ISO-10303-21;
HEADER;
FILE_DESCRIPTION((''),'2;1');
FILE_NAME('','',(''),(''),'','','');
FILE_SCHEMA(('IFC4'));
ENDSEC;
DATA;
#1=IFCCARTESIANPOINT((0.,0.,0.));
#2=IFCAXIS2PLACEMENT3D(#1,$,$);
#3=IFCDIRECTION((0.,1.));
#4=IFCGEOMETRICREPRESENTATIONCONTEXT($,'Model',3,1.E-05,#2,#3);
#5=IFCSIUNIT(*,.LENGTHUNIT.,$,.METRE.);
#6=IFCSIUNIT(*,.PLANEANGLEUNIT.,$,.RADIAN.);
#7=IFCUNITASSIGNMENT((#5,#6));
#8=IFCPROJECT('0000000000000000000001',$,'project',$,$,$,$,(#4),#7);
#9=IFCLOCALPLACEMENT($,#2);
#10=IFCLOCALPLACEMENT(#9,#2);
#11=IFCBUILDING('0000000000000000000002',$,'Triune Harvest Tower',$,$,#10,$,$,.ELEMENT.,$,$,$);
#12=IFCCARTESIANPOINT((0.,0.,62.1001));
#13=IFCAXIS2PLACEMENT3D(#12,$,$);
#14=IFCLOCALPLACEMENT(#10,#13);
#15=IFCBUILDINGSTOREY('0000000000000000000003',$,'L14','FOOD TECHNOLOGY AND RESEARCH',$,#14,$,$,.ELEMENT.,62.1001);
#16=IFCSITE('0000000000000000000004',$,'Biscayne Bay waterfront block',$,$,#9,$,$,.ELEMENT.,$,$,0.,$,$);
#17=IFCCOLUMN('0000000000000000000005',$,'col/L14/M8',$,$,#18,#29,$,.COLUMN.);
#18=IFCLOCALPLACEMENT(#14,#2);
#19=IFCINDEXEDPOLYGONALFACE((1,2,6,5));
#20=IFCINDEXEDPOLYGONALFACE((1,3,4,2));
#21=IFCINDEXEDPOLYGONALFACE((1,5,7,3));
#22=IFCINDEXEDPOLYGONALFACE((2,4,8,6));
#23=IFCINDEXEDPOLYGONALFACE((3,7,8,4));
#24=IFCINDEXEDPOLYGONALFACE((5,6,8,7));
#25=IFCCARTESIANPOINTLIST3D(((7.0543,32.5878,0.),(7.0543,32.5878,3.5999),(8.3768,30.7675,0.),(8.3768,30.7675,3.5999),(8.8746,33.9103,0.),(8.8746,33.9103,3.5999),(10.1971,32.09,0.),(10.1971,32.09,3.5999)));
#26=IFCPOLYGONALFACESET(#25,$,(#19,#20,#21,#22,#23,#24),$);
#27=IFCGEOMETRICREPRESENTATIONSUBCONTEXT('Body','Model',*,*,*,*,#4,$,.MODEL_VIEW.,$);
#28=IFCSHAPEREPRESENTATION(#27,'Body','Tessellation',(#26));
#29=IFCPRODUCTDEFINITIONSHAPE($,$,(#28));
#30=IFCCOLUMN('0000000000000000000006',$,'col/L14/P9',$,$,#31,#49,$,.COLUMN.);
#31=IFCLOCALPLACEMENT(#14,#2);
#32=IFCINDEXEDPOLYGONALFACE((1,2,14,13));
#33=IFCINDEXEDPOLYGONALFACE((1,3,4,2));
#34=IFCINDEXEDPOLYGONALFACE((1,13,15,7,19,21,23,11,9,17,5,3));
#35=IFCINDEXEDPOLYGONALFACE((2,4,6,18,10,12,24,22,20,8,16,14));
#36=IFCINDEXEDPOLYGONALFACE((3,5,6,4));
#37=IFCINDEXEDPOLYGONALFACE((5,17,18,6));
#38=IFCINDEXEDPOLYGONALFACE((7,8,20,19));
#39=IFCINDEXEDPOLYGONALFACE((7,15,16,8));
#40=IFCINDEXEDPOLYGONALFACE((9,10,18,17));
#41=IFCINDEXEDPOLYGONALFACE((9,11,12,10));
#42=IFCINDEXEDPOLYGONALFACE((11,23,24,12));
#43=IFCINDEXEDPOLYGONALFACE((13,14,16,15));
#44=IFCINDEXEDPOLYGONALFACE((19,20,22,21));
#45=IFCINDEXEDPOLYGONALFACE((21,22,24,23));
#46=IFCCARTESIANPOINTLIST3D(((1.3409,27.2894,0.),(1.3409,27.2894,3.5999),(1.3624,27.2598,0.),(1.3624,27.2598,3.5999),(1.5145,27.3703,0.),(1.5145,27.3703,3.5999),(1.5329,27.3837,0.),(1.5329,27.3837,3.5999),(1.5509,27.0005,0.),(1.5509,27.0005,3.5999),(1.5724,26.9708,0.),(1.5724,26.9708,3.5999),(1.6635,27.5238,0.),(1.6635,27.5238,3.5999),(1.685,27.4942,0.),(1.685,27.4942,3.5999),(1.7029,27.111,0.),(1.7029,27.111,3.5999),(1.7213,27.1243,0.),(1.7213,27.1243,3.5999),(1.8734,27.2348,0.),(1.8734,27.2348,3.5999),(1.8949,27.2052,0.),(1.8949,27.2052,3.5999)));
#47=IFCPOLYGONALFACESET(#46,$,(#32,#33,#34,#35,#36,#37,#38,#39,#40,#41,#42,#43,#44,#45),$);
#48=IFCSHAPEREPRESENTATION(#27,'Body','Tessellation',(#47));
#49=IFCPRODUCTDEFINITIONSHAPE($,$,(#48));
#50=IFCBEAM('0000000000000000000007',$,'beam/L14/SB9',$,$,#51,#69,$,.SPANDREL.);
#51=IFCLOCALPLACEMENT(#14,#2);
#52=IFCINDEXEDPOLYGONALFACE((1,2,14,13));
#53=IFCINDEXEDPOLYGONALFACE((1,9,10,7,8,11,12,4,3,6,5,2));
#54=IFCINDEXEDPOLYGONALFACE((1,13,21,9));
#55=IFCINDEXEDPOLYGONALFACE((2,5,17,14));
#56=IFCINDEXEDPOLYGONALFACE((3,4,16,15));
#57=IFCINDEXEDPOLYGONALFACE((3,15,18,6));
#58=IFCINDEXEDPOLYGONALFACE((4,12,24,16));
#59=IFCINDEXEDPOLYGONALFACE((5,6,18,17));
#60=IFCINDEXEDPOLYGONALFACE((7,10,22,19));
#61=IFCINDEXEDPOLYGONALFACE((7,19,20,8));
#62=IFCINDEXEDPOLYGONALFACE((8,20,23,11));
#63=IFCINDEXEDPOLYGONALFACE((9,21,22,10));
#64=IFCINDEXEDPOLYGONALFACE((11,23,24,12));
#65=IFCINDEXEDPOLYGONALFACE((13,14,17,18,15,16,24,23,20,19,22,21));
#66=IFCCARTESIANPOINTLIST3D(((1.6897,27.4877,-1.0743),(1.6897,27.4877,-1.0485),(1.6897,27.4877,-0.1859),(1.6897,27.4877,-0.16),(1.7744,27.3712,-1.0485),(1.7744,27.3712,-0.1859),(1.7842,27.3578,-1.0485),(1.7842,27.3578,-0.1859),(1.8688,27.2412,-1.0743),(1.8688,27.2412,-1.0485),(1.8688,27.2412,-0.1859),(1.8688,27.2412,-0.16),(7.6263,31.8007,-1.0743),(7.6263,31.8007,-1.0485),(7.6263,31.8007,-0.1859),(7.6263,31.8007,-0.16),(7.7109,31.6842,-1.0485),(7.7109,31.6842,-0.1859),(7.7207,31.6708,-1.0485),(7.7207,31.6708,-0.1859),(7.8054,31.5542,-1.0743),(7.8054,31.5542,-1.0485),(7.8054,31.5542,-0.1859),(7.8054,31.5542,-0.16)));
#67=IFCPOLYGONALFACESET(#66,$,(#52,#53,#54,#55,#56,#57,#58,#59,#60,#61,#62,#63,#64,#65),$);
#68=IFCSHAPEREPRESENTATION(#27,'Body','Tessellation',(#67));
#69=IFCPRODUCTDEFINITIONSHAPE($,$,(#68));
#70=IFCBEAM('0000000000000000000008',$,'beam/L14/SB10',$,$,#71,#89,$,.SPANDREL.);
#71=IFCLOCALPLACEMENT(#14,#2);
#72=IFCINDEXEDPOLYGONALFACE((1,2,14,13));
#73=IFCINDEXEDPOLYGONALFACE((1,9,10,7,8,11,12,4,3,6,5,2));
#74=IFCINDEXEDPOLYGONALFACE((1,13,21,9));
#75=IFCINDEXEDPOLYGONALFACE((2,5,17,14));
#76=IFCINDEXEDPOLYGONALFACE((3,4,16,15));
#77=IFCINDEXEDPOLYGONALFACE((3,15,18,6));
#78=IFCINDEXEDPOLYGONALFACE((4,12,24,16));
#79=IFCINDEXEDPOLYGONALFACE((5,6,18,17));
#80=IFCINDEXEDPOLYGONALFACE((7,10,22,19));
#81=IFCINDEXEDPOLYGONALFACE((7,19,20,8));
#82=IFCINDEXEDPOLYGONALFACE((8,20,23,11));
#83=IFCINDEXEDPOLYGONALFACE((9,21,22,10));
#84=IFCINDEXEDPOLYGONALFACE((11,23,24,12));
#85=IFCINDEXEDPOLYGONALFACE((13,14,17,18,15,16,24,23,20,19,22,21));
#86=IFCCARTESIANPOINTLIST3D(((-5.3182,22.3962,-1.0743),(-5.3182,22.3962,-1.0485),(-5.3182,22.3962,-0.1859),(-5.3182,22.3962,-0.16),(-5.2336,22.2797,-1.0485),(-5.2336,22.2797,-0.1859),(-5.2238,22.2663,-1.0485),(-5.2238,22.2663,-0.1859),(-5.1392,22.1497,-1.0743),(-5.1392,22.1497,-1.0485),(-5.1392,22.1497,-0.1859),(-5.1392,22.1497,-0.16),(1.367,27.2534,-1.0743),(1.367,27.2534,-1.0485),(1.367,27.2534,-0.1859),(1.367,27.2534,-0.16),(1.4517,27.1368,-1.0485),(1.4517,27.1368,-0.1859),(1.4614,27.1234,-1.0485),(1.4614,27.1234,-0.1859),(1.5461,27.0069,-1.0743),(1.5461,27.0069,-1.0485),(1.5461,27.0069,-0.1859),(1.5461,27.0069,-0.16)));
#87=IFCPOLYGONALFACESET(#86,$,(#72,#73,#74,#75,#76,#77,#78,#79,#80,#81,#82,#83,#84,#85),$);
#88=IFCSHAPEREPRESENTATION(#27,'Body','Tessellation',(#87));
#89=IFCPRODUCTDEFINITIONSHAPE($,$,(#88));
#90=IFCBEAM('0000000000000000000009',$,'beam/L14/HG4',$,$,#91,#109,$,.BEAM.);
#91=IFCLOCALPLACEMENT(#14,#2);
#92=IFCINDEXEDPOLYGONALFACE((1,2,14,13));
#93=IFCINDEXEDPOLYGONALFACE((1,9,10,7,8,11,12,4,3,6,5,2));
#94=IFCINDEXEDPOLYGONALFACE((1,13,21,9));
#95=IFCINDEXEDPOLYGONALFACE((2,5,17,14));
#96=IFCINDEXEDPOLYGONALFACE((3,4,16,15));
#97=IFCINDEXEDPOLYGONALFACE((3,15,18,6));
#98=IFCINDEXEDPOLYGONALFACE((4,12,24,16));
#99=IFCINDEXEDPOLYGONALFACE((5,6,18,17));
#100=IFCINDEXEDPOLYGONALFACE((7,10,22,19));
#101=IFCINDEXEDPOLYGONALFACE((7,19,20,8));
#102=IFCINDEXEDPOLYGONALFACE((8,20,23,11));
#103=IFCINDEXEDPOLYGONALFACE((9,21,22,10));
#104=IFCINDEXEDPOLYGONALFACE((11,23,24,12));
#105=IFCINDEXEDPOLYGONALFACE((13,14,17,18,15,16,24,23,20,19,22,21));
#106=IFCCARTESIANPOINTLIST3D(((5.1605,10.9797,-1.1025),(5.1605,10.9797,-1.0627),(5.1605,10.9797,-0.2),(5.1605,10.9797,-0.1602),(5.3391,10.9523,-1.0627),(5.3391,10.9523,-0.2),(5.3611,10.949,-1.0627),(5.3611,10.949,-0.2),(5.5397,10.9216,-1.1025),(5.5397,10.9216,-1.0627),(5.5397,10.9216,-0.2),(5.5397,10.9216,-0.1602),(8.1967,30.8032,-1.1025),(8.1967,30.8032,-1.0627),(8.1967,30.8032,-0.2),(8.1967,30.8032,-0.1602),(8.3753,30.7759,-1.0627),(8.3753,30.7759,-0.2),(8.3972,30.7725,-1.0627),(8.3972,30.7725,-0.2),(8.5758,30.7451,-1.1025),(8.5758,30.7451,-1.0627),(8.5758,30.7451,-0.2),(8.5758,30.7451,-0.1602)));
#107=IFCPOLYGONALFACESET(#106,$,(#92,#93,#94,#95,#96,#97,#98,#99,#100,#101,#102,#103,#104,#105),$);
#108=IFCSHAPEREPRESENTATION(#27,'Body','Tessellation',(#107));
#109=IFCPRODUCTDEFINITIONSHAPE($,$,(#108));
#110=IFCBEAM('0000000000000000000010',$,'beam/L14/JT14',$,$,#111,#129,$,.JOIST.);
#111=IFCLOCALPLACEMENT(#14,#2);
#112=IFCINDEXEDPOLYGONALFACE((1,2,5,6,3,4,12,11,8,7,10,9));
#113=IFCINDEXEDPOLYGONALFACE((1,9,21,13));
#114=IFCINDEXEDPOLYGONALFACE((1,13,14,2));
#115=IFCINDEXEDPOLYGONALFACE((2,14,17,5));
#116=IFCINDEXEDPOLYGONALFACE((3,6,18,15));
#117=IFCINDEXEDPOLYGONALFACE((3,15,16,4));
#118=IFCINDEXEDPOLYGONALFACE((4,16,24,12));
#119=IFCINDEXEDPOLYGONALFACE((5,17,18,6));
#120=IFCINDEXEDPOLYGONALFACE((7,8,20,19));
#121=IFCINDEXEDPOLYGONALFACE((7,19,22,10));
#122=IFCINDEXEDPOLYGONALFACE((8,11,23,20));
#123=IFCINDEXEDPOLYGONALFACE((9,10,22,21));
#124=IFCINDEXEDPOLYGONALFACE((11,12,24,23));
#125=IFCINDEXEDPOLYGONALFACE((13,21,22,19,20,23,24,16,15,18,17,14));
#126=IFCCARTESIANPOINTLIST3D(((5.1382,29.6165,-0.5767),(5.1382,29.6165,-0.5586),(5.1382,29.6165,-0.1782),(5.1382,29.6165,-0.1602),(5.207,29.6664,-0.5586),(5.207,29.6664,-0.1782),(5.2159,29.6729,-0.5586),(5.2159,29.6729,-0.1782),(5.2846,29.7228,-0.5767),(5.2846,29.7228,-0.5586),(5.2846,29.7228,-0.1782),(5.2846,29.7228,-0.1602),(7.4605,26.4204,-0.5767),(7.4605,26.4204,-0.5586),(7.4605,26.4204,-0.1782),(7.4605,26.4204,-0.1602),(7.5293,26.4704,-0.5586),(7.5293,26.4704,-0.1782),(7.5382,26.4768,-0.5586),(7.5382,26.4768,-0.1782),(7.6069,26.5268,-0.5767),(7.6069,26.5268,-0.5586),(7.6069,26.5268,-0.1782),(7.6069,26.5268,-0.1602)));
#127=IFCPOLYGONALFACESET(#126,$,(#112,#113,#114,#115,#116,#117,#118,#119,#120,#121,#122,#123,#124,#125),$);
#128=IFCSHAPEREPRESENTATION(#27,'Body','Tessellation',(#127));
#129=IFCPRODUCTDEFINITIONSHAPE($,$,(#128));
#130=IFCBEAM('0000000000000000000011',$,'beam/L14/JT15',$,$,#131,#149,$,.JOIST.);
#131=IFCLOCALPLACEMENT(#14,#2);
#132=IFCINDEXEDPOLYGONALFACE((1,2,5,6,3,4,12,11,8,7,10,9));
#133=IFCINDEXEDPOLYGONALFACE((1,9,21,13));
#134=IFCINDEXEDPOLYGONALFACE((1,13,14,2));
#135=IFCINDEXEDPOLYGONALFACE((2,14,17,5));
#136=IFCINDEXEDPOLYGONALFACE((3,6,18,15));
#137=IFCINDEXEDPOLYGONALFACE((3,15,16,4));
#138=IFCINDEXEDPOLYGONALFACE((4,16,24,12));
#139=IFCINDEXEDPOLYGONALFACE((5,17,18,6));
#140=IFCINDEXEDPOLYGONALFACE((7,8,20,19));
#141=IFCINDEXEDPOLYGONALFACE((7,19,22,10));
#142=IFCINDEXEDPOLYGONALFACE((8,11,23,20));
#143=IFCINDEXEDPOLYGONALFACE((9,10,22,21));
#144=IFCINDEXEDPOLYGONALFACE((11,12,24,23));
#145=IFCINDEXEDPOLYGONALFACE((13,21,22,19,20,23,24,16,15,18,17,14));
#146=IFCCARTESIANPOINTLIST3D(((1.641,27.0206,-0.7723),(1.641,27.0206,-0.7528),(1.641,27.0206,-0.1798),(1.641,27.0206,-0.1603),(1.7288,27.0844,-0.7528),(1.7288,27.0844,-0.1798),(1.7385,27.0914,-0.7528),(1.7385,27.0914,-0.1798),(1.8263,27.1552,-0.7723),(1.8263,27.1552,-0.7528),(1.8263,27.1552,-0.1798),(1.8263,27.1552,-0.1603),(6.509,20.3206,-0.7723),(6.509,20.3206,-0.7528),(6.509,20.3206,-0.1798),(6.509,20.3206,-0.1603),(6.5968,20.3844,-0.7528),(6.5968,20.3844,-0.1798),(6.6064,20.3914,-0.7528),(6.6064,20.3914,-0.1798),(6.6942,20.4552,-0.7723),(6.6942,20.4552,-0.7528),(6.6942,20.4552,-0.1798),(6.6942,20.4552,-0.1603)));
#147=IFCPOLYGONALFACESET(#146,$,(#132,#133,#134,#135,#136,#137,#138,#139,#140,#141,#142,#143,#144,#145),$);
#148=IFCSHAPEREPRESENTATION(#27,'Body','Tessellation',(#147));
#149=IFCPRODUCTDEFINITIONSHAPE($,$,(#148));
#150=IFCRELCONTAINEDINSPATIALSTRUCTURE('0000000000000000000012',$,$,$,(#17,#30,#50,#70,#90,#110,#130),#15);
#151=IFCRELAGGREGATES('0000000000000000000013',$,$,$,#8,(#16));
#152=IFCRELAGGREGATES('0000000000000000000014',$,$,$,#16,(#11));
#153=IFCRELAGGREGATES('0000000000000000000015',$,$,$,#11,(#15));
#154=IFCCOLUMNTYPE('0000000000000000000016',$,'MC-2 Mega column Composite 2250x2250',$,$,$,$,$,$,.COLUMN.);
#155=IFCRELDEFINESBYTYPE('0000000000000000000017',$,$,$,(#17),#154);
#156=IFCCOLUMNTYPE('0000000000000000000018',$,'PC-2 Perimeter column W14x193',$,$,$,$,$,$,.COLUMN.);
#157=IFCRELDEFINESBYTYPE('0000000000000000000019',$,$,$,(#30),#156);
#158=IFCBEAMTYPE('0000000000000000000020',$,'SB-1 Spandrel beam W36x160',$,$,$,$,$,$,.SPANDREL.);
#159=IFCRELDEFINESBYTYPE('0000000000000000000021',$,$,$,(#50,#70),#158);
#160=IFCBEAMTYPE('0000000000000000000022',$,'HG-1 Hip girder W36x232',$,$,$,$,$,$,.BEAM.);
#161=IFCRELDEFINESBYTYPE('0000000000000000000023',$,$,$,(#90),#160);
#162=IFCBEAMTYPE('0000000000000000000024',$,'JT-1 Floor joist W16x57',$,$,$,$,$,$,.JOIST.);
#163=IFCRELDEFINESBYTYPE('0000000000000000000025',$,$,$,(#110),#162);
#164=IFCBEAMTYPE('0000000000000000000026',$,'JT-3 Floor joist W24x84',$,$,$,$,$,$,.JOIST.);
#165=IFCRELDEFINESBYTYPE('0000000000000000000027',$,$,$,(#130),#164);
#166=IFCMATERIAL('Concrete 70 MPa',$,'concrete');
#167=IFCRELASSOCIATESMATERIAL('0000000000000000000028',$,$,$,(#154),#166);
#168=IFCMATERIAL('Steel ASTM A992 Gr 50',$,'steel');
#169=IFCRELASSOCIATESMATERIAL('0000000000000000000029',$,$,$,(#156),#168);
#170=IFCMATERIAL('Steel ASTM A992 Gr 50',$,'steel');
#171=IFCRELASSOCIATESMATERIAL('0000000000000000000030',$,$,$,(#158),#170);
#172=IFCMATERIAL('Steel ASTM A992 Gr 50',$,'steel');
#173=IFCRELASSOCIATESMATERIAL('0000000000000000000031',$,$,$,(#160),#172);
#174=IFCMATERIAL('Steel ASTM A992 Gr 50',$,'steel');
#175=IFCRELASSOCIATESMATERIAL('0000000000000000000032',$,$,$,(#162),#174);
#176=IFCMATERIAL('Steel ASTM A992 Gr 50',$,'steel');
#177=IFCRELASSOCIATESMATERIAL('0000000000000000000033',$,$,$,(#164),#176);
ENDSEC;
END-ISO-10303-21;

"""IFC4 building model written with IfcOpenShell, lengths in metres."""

from ifc_helpers import new_model, si_unit, direction, frame, origin, origin_2d, place, context, subcontext, project, spatial, rectangle, i_section, extrude, source, transform, mapped, material, material_profile, profile_set, type_object, element, save


model = new_model("IFC4")

# Units and contexts
model_context = context("Model", 3, precision=1e-05, world=origin(), true_north=direction((0.0, 1.0)))
body_context = subcontext(model_context, "Body", "Model", "MODEL_VIEW")
ifc_project = project(units=[si_unit("LENGTHUNIT", "METRE"), si_unit("PLANEANGLEUNIT", "RADIAN")], contexts=[model_context])

# Site, building, storey
site_placement = place(None, origin())
site = spatial("IfcSite", under=ifc_project, at=site_placement, Name="Biscayne Bay waterfront block", CompositionType="ELEMENT", RefElevation=0.0)
building_placement = place(site_placement, origin())
building = spatial("IfcBuilding", under=site, at=building_placement, Name="Triune Harvest Tower", CompositionType="ELEMENT")
storey_placement = place(building_placement, frame((0.0, 0.0, 62.1001)))
storey = spatial("IfcBuildingStorey", under=building, at=storey_placement, Name="L14", Description="FOOD TECHNOLOGY AND RESEARCH", CompositionType="ELEMENT", Elevation=62.1001)

# Columns
ifc_material_1 = material(Name="Concrete 70 MPa", Category="concrete")
ifc_material_profile_1 = material_profile(ifc_material_1, rectangle(XDim=2.25, YDim=2.25, at=origin_2d()), Name="Composite 2250x2250")
ifc_profile_set_1 = profile_set([ifc_material_profile_1], Name="Concrete 70 MPa")
column_type_1 = type_object("IfcColumnType", Name="MC-2 Mega column Composite 2250x2250", PredefinedType="COLUMN", material=ifc_profile_set_1)
shared_shape_1 = source(origin(), body_context, "Body", "SweptSolid", [
    extrude(rectangle(XDim=2.25, YDim=2.25, at=origin_2d()), origin(), (0.0, 0.0, 1.0), 3.5999),
])
column_1_placement = place(storey_placement, frame((8.6257, 32.3389, 0.0), z_axis=(0.0, 0.0, 1.0), x_axis=(-0.809017, -0.587785, 0.0)))
element("IfcColumn", 1, at=column_1_placement, inside=storey, type_object=column_type_1, Name="col/L14/M8", PredefinedType="COLUMN", context=body_context, shape_type="MappedRepresentation", body=[
    mapped(shared_shape_1, transform((0.0, 0.0, 0.0), scale=1.0)),
])
ifc_material_2 = material(Name="Steel ASTM A992 Gr 50", Category="steel")
ifc_material_profile_2 = material_profile(ifc_material_2, i_section(OverallWidth=0.3987, OverallDepth=0.3938, WebThickness=0.0227, FlangeThickness=0.0366, at=origin_2d()), Name="W14x193")
ifc_profile_set_2 = profile_set([ifc_material_profile_2], Name="Steel ASTM A992 Gr 50")
column_type_2 = type_object("IfcColumnType", Name="PC-2 Perimeter column W14x193", PredefinedType="COLUMN", material=ifc_profile_set_2)
shared_shape_2 = source(origin(), body_context, "Body", "SweptSolid", [
    extrude(i_section(OverallWidth=0.3987, OverallDepth=0.3938, WebThickness=0.0227, FlangeThickness=0.0366, at=origin_2d()), origin(), (0.0, 0.0, 1.0), 3.5999),
])
column_2_placement = place(storey_placement, frame((1.6179, 27.2473, 0.0), z_axis=(0.0, 0.0, 1.0), x_axis=(-0.809017, -0.587785, 0.0)))
element("IfcColumn", 2, at=column_2_placement, inside=storey, type_object=column_type_2, Name="col/L14/P9", PredefinedType="COLUMN", context=body_context, shape_type="MappedRepresentation", body=[
    mapped(shared_shape_2, transform((0.0, 0.0, 0.0), scale=1.0)),
])

# Beams
ifc_material_3 = material(Name="Steel ASTM A992 Gr 50", Category="steel")
ifc_material_profile_3 = material_profile(ifc_material_3, i_section(OverallWidth=0.3047, OverallDepth=0.9143, WebThickness=0.0166, FlangeThickness=0.0259, at=origin_2d()), Name="W36x160")
ifc_profile_set_3 = profile_set([ifc_material_profile_3], Name="Steel ASTM A992 Gr 50")
beam_type_1 = type_object("IfcBeamType", Name="SB-1 Spandrel beam W36x160", PredefinedType="SPANDREL", material=ifc_profile_set_3)
shared_shape_3 = source(origin(), body_context, "Body", "SweptSolid", [
    extrude(i_section(OverallWidth=0.3047, OverallDepth=0.9143, WebThickness=0.0166, FlangeThickness=0.0259, at=origin_2d()), origin(), (0.0, 0.0, 1.0), 7.3379),
])
beam_1_placement = place(storey_placement, frame((7.7158, 31.6775, -0.6172), z_axis=(-0.809027, -0.587772, 0.0), x_axis=(0.587772, -0.809027, 0.0)))
element("IfcBeam", 3, at=beam_1_placement, inside=storey, type_object=beam_type_1, Name="beam/L14/SB9", PredefinedType="SPANDREL", context=body_context, shape_type="MappedRepresentation", body=[
    mapped(shared_shape_3, transform((0.0, 0.0, 0.0), scale=1.0)),
])
shared_shape_4 = source(origin(), body_context, "Body", "SweptSolid", [
    extrude(i_section(OverallWidth=0.3047, OverallDepth=0.9143, WebThickness=0.0166, FlangeThickness=0.0259, at=origin_2d()), origin(), (0.0, 0.0, 1.0), 8.2634),
])
beam_2_placement = place(storey_placement, frame((1.4565, 27.1301, -0.6172), z_axis=(-0.809016, -0.587787, 0.0), x_axis=(0.587787, -0.809016, 0.0)))
element("IfcBeam", 4, at=beam_2_placement, inside=storey, type_object=beam_type_1, Name="beam/L14/SB10", PredefinedType="SPANDREL", context=body_context, shape_type="MappedRepresentation", body=[
    mapped(shared_shape_4, transform((0.0, 0.0, 0.0), scale=1.0)),
])
ifc_material_4 = material(Name="Steel ASTM A992 Gr 50", Category="steel")
ifc_material_profile_4 = material_profile(ifc_material_4, i_section(OverallWidth=0.3835, OverallDepth=0.9424, WebThickness=0.0222, FlangeThickness=0.0398, at=origin_2d()), Name="W36x232")
ifc_profile_set_4 = profile_set([ifc_material_profile_4], Name="Steel ASTM A992 Gr 50")
beam_type_2 = type_object("IfcBeamType", Name="HG-1 Hip girder W36x232", PredefinedType="BEAM", material=ifc_profile_set_4)
shared_shape_5 = source(origin(), body_context, "Body", "SweptSolid", [
    extrude(i_section(OverallWidth=0.3835, OverallDepth=0.9424, WebThickness=0.0222, FlangeThickness=0.0398, at=origin_2d()), origin(), (0.0, 0.0, 1.0), 20.0547),
])
beam_3_placement = place(storey_placement, frame((8.3862, 30.7742, -0.6313), z_axis=(-0.151393, -0.988474, 0.0), x_axis=(0.988474, -0.151393, 0.0)))
element("IfcBeam", 5, at=beam_3_placement, inside=storey, type_object=beam_type_2, Name="beam/L14/HG4", PredefinedType="BEAM", context=body_context, shape_type="MappedRepresentation", body=[
    mapped(shared_shape_5, transform((0.0, 0.0, 0.0), scale=1.0)),
])
ifc_material_5 = material(Name="Steel ASTM A992 Gr 50", Category="steel")
ifc_material_profile_5 = material_profile(ifc_material_5, i_section(OverallWidth=0.1809, OverallDepth=0.4165, WebThickness=0.011, FlangeThickness=0.0181, at=origin_2d()), Name="W16x57")
ifc_profile_set_5 = profile_set([ifc_material_profile_5], Name="Steel ASTM A992 Gr 50")
beam_type_3 = type_object("IfcBeamType", Name="JT-1 Floor joist W16x57", PredefinedType="JOIST", material=ifc_profile_set_5)
shared_shape_6 = source(origin(), body_context, "Body", "SweptSolid", [
    extrude(i_section(OverallWidth=0.1809, OverallDepth=0.4165, WebThickness=0.011, FlangeThickness=0.0181, at=origin_2d()), origin(), (0.0, 0.0, 1.0), 3.9507),
])
beam_4_placement = place(storey_placement, frame((5.2114, 29.6697, -0.3684), z_axis=(0.587819, -0.808993, 0.0), x_axis=(0.808993, 0.587819, 0.0)))
element("IfcBeam", 6, at=beam_4_placement, inside=storey, type_object=beam_type_3, Name="beam/L14/JT14", PredefinedType="JOIST", context=body_context, shape_type="MappedRepresentation", body=[
    mapped(shared_shape_6, transform((0.0, 0.0, 0.0), scale=1.0)),
])
ifc_material_6 = material(Name="Steel ASTM A992 Gr 50", Category="steel")
ifc_material_profile_6 = material_profile(ifc_material_6, i_section(OverallWidth=0.229, OverallDepth=0.6121, WebThickness=0.012, FlangeThickness=0.0195, at=origin_2d()), Name="W24x84")
ifc_profile_set_6 = profile_set([ifc_material_profile_6], Name="Steel ASTM A992 Gr 50")
beam_type_4 = type_object("IfcBeamType", Name="JT-3 Floor joist W24x84", PredefinedType="JOIST", material=ifc_profile_set_6)
shared_shape_7 = source(origin(), body_context, "Body", "SweptSolid", [
    extrude(i_section(OverallWidth=0.229, OverallDepth=0.6121, WebThickness=0.012, FlangeThickness=0.0195, at=origin_2d()), origin(), (0.0, 0.0, 1.0), 8.2817),
])
beam_5_placement = place(storey_placement, frame((1.7336, 27.0879, -0.4663), z_axis=(0.587795, -0.80901, 0.0), x_axis=(0.80901, 0.587795, 0.0)))
element("IfcBeam", 7, at=beam_5_placement, inside=storey, type_object=beam_type_4, Name="beam/L14/JT15", PredefinedType="JOIST", context=body_context, shape_type="MappedRepresentation", body=[
    mapped(shared_shape_7, transform((0.0, 0.0, 0.0), scale=1.0)),
])

save(model, "model.ifc")
